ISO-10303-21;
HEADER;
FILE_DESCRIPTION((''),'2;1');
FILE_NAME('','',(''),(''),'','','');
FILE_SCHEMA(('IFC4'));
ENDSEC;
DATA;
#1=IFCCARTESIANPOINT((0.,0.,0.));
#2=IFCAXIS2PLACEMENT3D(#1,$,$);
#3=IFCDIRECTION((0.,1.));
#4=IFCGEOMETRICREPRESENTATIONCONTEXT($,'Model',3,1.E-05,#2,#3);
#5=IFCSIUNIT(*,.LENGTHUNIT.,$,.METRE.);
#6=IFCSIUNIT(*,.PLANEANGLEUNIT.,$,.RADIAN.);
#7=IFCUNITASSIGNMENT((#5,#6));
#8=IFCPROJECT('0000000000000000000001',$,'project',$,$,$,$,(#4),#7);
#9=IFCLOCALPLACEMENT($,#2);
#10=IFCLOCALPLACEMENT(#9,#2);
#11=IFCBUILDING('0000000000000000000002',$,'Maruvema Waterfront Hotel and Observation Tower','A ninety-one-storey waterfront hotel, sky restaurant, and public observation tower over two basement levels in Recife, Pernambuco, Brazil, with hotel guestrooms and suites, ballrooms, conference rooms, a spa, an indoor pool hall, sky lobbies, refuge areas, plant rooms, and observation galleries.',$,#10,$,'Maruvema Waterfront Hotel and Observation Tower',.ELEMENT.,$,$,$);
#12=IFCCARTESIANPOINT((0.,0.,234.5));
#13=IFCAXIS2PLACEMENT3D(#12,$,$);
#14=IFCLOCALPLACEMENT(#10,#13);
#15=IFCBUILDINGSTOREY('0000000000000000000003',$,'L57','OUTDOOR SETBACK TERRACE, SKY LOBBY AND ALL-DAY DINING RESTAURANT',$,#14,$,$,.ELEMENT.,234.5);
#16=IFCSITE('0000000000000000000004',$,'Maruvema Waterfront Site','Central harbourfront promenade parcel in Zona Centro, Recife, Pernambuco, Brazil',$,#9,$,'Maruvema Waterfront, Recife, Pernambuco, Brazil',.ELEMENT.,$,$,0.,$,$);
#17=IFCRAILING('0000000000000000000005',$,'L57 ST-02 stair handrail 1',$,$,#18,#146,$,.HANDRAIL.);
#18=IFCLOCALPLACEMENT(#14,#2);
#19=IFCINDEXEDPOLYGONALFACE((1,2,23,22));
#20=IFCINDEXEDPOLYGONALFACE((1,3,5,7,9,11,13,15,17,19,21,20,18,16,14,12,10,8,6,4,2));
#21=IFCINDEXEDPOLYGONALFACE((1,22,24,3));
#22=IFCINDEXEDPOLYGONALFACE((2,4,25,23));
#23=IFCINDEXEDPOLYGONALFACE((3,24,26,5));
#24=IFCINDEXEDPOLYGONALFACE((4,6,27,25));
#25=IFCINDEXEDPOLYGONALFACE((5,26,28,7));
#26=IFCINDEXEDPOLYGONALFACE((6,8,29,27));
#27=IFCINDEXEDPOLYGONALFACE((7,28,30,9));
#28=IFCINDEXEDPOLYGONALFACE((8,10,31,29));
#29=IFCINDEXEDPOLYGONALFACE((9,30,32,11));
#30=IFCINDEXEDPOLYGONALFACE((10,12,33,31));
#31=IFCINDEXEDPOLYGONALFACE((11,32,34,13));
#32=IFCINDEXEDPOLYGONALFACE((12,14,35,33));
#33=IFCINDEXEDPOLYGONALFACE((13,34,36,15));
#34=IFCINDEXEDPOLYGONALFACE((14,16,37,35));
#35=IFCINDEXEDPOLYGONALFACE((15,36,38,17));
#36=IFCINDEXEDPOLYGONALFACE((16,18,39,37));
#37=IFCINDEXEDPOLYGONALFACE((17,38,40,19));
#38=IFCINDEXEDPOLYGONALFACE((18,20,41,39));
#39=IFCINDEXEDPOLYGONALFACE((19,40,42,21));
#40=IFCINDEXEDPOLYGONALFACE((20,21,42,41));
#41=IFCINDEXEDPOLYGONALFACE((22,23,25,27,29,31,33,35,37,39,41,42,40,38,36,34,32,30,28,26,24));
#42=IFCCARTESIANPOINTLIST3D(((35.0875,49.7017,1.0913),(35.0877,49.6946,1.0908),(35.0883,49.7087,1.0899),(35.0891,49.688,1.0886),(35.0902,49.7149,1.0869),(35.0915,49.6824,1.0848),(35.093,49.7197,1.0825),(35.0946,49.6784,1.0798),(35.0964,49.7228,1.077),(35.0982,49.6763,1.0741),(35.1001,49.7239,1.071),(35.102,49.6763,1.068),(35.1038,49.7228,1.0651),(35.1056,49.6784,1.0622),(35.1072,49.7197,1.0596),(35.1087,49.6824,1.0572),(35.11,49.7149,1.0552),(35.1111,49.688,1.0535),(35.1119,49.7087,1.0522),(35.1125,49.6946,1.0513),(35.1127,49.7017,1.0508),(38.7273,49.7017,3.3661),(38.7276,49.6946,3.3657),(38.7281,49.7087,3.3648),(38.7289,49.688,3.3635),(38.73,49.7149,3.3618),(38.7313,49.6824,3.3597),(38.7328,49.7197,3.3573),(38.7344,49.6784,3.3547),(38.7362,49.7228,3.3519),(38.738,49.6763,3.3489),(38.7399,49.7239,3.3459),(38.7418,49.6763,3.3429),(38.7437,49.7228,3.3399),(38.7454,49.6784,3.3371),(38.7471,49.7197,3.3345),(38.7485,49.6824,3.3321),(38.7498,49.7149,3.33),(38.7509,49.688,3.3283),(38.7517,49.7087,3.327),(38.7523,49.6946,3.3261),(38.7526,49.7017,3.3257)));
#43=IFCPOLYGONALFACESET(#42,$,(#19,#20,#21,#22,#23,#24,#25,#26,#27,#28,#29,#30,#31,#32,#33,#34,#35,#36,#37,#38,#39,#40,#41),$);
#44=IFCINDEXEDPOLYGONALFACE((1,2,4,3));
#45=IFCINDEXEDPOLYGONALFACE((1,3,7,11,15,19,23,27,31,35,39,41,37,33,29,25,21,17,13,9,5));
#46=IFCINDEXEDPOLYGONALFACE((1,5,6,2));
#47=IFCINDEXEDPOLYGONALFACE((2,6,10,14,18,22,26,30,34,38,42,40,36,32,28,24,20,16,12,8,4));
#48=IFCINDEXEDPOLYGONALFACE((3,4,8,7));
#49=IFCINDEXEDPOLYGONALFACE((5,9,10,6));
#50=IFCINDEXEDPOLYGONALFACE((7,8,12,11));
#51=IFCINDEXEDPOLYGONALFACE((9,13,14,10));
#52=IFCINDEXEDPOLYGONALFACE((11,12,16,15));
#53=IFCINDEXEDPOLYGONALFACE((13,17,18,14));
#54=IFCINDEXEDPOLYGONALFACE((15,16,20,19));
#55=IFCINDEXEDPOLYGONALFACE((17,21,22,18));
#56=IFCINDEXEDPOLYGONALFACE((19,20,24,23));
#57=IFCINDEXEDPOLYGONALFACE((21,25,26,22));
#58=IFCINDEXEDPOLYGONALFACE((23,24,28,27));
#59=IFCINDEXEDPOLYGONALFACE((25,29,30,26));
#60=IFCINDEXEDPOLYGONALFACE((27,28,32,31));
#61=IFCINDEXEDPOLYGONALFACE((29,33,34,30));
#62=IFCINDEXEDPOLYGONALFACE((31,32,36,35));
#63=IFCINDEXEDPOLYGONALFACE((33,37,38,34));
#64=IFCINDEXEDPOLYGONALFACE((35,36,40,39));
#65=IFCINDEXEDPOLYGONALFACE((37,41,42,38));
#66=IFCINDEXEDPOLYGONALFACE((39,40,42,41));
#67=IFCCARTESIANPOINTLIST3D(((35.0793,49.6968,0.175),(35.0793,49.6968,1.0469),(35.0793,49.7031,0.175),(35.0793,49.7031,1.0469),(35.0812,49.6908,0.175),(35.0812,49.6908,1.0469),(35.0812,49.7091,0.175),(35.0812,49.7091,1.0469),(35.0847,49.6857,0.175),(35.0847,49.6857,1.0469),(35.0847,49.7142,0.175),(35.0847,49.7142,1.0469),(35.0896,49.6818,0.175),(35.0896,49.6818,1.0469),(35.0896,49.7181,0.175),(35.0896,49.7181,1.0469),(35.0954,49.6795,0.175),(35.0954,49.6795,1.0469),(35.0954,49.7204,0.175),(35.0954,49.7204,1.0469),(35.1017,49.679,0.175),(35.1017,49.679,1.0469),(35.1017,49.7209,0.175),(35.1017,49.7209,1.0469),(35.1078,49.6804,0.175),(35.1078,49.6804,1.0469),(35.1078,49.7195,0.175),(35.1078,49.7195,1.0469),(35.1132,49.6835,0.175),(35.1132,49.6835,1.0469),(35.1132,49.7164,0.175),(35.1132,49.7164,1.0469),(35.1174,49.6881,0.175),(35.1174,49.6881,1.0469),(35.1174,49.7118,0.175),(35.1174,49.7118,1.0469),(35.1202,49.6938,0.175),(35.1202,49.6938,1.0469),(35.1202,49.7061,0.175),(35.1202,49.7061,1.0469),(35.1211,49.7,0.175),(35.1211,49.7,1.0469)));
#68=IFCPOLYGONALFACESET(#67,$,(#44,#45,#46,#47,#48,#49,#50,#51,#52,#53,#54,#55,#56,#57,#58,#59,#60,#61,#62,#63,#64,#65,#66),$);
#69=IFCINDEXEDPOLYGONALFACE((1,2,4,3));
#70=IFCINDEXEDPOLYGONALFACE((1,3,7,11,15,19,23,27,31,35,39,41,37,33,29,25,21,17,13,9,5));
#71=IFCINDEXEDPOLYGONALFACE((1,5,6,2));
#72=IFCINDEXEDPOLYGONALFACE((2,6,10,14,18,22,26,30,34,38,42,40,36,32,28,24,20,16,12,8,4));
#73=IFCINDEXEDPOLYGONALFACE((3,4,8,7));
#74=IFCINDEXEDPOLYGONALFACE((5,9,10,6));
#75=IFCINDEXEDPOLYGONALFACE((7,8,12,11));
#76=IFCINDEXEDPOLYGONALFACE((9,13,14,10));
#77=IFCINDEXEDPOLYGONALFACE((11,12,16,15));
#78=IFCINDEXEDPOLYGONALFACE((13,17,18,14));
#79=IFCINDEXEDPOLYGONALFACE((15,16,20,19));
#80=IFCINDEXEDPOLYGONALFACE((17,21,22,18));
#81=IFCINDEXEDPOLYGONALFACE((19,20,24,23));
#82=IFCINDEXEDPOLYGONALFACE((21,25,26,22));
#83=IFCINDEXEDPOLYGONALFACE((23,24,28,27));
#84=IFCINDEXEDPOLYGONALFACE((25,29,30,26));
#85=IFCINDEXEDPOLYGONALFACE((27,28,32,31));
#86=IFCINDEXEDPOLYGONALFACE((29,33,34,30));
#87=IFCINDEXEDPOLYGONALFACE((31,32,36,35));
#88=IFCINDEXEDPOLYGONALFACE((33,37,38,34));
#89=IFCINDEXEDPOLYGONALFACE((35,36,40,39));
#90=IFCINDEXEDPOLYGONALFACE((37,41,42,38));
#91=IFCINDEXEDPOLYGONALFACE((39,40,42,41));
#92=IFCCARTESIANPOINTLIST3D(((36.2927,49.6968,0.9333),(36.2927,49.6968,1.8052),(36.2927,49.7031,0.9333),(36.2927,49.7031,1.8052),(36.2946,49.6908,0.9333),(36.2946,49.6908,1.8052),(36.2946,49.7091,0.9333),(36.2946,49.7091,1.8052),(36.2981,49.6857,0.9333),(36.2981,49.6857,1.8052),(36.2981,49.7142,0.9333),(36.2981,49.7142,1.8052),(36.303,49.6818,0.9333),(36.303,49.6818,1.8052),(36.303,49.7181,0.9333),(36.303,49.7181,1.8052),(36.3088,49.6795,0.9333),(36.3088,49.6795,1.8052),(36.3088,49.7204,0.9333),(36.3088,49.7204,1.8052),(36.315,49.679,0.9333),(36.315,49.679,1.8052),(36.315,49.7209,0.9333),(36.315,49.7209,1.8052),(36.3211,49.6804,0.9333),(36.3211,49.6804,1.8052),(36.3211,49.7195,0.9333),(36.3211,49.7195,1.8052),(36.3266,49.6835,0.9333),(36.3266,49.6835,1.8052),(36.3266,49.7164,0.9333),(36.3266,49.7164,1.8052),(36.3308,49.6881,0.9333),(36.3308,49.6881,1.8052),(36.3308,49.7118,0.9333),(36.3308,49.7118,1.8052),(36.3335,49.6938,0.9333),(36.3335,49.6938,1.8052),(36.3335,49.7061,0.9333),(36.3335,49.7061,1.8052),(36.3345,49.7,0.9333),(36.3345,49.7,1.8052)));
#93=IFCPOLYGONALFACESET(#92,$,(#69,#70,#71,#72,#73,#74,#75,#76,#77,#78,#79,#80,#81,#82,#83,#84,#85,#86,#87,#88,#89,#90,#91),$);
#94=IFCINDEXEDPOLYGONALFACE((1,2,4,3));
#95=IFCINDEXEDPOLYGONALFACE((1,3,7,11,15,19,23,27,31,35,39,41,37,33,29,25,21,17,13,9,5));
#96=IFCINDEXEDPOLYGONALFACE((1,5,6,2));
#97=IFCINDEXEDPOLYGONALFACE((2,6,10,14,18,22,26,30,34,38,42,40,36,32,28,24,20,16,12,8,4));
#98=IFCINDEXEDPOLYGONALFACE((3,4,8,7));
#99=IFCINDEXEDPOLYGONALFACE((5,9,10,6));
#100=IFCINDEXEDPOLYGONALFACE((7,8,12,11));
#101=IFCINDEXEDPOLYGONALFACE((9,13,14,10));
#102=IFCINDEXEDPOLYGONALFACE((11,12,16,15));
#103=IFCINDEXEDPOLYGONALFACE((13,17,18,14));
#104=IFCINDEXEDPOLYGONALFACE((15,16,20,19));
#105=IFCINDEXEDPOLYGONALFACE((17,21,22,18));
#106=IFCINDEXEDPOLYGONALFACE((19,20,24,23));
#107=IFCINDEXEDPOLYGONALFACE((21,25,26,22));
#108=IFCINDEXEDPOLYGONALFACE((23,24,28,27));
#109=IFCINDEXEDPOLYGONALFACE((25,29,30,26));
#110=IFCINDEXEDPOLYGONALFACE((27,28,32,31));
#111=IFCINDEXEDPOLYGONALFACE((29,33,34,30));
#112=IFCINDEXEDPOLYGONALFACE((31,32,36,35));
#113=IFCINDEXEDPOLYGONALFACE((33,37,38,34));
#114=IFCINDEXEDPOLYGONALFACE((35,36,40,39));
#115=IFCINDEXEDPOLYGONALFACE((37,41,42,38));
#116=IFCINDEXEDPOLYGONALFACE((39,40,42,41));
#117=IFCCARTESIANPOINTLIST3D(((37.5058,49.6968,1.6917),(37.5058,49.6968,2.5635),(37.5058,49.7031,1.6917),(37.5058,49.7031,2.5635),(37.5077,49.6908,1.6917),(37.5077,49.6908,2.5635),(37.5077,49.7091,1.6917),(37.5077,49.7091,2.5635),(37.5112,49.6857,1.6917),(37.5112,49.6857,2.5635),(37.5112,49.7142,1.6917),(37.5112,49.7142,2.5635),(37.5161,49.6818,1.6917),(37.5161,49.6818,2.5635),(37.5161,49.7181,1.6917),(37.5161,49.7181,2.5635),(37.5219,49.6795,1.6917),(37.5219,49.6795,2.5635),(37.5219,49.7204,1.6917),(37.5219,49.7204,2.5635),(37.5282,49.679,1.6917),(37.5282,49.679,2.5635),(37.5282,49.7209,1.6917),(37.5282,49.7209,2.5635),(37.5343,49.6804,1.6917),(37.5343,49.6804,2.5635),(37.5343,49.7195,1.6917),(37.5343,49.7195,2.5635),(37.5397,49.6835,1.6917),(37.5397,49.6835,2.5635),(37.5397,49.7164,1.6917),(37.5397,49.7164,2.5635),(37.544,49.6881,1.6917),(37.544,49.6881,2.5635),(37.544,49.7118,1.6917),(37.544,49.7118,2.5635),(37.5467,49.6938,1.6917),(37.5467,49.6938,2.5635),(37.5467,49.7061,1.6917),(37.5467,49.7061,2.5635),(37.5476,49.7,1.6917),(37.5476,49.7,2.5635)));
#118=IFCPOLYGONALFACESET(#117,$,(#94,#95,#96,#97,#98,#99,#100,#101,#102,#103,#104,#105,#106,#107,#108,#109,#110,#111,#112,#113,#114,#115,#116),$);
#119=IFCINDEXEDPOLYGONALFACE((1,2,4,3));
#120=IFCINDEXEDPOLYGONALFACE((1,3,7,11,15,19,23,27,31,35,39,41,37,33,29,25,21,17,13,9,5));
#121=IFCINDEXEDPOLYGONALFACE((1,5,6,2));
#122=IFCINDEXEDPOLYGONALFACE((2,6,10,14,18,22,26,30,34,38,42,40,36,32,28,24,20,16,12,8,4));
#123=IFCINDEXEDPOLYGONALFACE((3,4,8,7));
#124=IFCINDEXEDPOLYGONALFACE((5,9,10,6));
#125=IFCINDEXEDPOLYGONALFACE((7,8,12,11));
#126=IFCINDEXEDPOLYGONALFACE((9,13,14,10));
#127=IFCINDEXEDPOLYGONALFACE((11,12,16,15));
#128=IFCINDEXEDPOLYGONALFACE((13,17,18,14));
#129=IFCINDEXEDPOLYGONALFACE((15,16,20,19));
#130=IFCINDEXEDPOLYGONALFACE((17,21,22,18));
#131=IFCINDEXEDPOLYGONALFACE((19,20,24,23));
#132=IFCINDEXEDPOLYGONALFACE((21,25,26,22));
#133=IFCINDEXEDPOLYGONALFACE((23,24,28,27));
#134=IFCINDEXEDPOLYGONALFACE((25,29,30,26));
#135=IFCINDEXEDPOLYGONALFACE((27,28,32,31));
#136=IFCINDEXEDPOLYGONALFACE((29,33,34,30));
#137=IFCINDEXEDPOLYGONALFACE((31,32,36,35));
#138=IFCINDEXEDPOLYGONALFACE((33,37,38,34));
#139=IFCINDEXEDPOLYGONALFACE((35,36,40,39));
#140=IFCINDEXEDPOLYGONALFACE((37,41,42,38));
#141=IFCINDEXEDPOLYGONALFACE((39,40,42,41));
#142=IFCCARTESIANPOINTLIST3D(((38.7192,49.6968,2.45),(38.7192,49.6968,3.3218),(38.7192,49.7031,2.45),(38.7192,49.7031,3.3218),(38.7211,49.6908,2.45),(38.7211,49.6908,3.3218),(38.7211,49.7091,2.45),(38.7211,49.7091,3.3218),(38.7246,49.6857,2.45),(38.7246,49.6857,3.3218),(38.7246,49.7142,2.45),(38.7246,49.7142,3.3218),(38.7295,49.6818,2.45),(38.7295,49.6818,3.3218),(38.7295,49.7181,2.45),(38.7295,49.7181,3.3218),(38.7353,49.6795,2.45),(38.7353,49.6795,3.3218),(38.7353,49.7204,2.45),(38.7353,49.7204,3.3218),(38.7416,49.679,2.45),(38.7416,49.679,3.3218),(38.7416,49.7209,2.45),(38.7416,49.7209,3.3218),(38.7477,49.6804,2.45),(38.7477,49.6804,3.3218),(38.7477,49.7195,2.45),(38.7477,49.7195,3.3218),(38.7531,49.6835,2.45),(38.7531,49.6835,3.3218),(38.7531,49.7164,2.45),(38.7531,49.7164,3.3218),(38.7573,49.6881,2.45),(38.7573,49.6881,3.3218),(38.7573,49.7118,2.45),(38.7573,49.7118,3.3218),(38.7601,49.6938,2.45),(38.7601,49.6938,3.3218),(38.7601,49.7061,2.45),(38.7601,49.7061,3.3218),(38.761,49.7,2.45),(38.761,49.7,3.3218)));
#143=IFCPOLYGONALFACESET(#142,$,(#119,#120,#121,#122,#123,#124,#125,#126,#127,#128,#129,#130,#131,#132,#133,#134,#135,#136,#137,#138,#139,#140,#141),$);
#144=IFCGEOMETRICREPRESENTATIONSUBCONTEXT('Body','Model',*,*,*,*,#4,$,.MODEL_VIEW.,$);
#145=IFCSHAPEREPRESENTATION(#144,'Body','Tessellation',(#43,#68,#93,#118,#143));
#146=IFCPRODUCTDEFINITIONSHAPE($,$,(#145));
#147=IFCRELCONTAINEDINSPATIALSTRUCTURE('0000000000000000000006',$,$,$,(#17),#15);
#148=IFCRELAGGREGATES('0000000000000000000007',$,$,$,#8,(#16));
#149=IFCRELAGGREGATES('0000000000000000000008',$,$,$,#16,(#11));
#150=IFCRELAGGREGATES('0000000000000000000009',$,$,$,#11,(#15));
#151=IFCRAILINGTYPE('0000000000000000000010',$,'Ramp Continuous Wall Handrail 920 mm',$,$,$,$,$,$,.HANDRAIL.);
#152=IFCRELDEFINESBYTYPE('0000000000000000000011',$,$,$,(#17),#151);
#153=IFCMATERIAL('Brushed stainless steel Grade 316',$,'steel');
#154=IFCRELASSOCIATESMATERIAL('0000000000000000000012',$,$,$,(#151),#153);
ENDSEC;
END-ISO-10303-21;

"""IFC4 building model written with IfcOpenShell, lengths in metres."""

from ifc_helpers import new_model, si_unit, direction, frame, origin, origin_2d, place, context, subcontext, project, spatial, circle, extrude, material, type_object, element, save


model = new_model("IFC4")

# Units and contexts
model_context = context("Model", 3, precision=1e-05, world=origin(), true_north=direction((0.0, 1.0)))
body_context = subcontext(model_context, "Body", "Model", "MODEL_VIEW")
ifc_project = project(units=[si_unit("LENGTHUNIT", "METRE"), si_unit("PLANEANGLEUNIT", "RADIAN")], contexts=[model_context])

# Site, building, storey
site_placement = place(None, origin())
site = spatial("IfcSite", under=ifc_project, at=site_placement, Name="Maruvema Waterfront Site", Description="Central harbourfront promenade parcel in Zona Centro, Recife, Pernambuco, Brazil", LongName="Maruvema Waterfront, Recife, Pernambuco, Brazil", CompositionType="ELEMENT", RefElevation=0.0)
building_placement = place(site_placement, origin())
building = spatial("IfcBuilding", under=site, at=building_placement, Name="Maruvema Waterfront Hotel and Observation Tower", Description="A ninety-one-storey waterfront hotel, sky restaurant, and public observation tower over two basement levels in Recife, Pernambuco, Brazil, with hotel guestrooms and suites, ballrooms, conference rooms, a spa, an indoor pool hall, sky lobbies, refuge areas, plant rooms, and observation galleries.", LongName="Maruvema Waterfront Hotel and Observation Tower", CompositionType="ELEMENT")
storey_placement = place(building_placement, frame((0.0, 0.0, 234.5)))
storey = spatial("IfcBuildingStorey", under=building, at=storey_placement, Name="L57", Description="OUTDOOR SETBACK TERRACE, SKY LOBBY AND ALL-DAY DINING RESTAURANT", CompositionType="ELEMENT", Elevation=234.5)

# Railing
ifc_material_1 = material(Name="Brushed stainless steel Grade 316", Category="steel")
railing_type_1 = type_object("IfcRailingType", Name="Ramp Continuous Wall Handrail 920 mm", PredefinedType="HANDRAIL", material=ifc_material_1)
railing_1_placement = place(storey_placement, frame((35.1001, 49.7, 0.175)))
element("IfcRailing", 1, at=railing_1_placement, inside=storey, type_object=railing_type_1, Name="L57 ST-02 stair handrail 1", PredefinedType="HANDRAIL", context=body_context, shape_type="SweptSolid", body=[
    extrude(circle(Radius=0.0239, at=origin_2d()), frame((0.0, 0.0, 0.896), z_axis=(0.848001, 0.0, 0.529994), x_axis=(0.0, 1.0, 0.0)), (0.0, 0.0, 1.0), 4.2922),
    extrude(circle(Radius=0.021, at=origin_2d()), origin(), (0.0, 0.0, 1.0), 0.8718),
    extrude(circle(Radius=0.021, at=origin_2d()), frame((1.2134, 0.0, 0.7583)), (0.0, 0.0, 1.0), 0.8718),
    extrude(circle(Radius=0.021, at=origin_2d()), frame((2.4265, 0.0, 1.5166)), (0.0, 0.0, 1.0), 0.8718),
    extrude(circle(Radius=0.021, at=origin_2d()), frame((3.6399, 0.0, 2.2749)), (0.0, 0.0, 1.0), 0.8718),
])

save(model, "model.ifc")
